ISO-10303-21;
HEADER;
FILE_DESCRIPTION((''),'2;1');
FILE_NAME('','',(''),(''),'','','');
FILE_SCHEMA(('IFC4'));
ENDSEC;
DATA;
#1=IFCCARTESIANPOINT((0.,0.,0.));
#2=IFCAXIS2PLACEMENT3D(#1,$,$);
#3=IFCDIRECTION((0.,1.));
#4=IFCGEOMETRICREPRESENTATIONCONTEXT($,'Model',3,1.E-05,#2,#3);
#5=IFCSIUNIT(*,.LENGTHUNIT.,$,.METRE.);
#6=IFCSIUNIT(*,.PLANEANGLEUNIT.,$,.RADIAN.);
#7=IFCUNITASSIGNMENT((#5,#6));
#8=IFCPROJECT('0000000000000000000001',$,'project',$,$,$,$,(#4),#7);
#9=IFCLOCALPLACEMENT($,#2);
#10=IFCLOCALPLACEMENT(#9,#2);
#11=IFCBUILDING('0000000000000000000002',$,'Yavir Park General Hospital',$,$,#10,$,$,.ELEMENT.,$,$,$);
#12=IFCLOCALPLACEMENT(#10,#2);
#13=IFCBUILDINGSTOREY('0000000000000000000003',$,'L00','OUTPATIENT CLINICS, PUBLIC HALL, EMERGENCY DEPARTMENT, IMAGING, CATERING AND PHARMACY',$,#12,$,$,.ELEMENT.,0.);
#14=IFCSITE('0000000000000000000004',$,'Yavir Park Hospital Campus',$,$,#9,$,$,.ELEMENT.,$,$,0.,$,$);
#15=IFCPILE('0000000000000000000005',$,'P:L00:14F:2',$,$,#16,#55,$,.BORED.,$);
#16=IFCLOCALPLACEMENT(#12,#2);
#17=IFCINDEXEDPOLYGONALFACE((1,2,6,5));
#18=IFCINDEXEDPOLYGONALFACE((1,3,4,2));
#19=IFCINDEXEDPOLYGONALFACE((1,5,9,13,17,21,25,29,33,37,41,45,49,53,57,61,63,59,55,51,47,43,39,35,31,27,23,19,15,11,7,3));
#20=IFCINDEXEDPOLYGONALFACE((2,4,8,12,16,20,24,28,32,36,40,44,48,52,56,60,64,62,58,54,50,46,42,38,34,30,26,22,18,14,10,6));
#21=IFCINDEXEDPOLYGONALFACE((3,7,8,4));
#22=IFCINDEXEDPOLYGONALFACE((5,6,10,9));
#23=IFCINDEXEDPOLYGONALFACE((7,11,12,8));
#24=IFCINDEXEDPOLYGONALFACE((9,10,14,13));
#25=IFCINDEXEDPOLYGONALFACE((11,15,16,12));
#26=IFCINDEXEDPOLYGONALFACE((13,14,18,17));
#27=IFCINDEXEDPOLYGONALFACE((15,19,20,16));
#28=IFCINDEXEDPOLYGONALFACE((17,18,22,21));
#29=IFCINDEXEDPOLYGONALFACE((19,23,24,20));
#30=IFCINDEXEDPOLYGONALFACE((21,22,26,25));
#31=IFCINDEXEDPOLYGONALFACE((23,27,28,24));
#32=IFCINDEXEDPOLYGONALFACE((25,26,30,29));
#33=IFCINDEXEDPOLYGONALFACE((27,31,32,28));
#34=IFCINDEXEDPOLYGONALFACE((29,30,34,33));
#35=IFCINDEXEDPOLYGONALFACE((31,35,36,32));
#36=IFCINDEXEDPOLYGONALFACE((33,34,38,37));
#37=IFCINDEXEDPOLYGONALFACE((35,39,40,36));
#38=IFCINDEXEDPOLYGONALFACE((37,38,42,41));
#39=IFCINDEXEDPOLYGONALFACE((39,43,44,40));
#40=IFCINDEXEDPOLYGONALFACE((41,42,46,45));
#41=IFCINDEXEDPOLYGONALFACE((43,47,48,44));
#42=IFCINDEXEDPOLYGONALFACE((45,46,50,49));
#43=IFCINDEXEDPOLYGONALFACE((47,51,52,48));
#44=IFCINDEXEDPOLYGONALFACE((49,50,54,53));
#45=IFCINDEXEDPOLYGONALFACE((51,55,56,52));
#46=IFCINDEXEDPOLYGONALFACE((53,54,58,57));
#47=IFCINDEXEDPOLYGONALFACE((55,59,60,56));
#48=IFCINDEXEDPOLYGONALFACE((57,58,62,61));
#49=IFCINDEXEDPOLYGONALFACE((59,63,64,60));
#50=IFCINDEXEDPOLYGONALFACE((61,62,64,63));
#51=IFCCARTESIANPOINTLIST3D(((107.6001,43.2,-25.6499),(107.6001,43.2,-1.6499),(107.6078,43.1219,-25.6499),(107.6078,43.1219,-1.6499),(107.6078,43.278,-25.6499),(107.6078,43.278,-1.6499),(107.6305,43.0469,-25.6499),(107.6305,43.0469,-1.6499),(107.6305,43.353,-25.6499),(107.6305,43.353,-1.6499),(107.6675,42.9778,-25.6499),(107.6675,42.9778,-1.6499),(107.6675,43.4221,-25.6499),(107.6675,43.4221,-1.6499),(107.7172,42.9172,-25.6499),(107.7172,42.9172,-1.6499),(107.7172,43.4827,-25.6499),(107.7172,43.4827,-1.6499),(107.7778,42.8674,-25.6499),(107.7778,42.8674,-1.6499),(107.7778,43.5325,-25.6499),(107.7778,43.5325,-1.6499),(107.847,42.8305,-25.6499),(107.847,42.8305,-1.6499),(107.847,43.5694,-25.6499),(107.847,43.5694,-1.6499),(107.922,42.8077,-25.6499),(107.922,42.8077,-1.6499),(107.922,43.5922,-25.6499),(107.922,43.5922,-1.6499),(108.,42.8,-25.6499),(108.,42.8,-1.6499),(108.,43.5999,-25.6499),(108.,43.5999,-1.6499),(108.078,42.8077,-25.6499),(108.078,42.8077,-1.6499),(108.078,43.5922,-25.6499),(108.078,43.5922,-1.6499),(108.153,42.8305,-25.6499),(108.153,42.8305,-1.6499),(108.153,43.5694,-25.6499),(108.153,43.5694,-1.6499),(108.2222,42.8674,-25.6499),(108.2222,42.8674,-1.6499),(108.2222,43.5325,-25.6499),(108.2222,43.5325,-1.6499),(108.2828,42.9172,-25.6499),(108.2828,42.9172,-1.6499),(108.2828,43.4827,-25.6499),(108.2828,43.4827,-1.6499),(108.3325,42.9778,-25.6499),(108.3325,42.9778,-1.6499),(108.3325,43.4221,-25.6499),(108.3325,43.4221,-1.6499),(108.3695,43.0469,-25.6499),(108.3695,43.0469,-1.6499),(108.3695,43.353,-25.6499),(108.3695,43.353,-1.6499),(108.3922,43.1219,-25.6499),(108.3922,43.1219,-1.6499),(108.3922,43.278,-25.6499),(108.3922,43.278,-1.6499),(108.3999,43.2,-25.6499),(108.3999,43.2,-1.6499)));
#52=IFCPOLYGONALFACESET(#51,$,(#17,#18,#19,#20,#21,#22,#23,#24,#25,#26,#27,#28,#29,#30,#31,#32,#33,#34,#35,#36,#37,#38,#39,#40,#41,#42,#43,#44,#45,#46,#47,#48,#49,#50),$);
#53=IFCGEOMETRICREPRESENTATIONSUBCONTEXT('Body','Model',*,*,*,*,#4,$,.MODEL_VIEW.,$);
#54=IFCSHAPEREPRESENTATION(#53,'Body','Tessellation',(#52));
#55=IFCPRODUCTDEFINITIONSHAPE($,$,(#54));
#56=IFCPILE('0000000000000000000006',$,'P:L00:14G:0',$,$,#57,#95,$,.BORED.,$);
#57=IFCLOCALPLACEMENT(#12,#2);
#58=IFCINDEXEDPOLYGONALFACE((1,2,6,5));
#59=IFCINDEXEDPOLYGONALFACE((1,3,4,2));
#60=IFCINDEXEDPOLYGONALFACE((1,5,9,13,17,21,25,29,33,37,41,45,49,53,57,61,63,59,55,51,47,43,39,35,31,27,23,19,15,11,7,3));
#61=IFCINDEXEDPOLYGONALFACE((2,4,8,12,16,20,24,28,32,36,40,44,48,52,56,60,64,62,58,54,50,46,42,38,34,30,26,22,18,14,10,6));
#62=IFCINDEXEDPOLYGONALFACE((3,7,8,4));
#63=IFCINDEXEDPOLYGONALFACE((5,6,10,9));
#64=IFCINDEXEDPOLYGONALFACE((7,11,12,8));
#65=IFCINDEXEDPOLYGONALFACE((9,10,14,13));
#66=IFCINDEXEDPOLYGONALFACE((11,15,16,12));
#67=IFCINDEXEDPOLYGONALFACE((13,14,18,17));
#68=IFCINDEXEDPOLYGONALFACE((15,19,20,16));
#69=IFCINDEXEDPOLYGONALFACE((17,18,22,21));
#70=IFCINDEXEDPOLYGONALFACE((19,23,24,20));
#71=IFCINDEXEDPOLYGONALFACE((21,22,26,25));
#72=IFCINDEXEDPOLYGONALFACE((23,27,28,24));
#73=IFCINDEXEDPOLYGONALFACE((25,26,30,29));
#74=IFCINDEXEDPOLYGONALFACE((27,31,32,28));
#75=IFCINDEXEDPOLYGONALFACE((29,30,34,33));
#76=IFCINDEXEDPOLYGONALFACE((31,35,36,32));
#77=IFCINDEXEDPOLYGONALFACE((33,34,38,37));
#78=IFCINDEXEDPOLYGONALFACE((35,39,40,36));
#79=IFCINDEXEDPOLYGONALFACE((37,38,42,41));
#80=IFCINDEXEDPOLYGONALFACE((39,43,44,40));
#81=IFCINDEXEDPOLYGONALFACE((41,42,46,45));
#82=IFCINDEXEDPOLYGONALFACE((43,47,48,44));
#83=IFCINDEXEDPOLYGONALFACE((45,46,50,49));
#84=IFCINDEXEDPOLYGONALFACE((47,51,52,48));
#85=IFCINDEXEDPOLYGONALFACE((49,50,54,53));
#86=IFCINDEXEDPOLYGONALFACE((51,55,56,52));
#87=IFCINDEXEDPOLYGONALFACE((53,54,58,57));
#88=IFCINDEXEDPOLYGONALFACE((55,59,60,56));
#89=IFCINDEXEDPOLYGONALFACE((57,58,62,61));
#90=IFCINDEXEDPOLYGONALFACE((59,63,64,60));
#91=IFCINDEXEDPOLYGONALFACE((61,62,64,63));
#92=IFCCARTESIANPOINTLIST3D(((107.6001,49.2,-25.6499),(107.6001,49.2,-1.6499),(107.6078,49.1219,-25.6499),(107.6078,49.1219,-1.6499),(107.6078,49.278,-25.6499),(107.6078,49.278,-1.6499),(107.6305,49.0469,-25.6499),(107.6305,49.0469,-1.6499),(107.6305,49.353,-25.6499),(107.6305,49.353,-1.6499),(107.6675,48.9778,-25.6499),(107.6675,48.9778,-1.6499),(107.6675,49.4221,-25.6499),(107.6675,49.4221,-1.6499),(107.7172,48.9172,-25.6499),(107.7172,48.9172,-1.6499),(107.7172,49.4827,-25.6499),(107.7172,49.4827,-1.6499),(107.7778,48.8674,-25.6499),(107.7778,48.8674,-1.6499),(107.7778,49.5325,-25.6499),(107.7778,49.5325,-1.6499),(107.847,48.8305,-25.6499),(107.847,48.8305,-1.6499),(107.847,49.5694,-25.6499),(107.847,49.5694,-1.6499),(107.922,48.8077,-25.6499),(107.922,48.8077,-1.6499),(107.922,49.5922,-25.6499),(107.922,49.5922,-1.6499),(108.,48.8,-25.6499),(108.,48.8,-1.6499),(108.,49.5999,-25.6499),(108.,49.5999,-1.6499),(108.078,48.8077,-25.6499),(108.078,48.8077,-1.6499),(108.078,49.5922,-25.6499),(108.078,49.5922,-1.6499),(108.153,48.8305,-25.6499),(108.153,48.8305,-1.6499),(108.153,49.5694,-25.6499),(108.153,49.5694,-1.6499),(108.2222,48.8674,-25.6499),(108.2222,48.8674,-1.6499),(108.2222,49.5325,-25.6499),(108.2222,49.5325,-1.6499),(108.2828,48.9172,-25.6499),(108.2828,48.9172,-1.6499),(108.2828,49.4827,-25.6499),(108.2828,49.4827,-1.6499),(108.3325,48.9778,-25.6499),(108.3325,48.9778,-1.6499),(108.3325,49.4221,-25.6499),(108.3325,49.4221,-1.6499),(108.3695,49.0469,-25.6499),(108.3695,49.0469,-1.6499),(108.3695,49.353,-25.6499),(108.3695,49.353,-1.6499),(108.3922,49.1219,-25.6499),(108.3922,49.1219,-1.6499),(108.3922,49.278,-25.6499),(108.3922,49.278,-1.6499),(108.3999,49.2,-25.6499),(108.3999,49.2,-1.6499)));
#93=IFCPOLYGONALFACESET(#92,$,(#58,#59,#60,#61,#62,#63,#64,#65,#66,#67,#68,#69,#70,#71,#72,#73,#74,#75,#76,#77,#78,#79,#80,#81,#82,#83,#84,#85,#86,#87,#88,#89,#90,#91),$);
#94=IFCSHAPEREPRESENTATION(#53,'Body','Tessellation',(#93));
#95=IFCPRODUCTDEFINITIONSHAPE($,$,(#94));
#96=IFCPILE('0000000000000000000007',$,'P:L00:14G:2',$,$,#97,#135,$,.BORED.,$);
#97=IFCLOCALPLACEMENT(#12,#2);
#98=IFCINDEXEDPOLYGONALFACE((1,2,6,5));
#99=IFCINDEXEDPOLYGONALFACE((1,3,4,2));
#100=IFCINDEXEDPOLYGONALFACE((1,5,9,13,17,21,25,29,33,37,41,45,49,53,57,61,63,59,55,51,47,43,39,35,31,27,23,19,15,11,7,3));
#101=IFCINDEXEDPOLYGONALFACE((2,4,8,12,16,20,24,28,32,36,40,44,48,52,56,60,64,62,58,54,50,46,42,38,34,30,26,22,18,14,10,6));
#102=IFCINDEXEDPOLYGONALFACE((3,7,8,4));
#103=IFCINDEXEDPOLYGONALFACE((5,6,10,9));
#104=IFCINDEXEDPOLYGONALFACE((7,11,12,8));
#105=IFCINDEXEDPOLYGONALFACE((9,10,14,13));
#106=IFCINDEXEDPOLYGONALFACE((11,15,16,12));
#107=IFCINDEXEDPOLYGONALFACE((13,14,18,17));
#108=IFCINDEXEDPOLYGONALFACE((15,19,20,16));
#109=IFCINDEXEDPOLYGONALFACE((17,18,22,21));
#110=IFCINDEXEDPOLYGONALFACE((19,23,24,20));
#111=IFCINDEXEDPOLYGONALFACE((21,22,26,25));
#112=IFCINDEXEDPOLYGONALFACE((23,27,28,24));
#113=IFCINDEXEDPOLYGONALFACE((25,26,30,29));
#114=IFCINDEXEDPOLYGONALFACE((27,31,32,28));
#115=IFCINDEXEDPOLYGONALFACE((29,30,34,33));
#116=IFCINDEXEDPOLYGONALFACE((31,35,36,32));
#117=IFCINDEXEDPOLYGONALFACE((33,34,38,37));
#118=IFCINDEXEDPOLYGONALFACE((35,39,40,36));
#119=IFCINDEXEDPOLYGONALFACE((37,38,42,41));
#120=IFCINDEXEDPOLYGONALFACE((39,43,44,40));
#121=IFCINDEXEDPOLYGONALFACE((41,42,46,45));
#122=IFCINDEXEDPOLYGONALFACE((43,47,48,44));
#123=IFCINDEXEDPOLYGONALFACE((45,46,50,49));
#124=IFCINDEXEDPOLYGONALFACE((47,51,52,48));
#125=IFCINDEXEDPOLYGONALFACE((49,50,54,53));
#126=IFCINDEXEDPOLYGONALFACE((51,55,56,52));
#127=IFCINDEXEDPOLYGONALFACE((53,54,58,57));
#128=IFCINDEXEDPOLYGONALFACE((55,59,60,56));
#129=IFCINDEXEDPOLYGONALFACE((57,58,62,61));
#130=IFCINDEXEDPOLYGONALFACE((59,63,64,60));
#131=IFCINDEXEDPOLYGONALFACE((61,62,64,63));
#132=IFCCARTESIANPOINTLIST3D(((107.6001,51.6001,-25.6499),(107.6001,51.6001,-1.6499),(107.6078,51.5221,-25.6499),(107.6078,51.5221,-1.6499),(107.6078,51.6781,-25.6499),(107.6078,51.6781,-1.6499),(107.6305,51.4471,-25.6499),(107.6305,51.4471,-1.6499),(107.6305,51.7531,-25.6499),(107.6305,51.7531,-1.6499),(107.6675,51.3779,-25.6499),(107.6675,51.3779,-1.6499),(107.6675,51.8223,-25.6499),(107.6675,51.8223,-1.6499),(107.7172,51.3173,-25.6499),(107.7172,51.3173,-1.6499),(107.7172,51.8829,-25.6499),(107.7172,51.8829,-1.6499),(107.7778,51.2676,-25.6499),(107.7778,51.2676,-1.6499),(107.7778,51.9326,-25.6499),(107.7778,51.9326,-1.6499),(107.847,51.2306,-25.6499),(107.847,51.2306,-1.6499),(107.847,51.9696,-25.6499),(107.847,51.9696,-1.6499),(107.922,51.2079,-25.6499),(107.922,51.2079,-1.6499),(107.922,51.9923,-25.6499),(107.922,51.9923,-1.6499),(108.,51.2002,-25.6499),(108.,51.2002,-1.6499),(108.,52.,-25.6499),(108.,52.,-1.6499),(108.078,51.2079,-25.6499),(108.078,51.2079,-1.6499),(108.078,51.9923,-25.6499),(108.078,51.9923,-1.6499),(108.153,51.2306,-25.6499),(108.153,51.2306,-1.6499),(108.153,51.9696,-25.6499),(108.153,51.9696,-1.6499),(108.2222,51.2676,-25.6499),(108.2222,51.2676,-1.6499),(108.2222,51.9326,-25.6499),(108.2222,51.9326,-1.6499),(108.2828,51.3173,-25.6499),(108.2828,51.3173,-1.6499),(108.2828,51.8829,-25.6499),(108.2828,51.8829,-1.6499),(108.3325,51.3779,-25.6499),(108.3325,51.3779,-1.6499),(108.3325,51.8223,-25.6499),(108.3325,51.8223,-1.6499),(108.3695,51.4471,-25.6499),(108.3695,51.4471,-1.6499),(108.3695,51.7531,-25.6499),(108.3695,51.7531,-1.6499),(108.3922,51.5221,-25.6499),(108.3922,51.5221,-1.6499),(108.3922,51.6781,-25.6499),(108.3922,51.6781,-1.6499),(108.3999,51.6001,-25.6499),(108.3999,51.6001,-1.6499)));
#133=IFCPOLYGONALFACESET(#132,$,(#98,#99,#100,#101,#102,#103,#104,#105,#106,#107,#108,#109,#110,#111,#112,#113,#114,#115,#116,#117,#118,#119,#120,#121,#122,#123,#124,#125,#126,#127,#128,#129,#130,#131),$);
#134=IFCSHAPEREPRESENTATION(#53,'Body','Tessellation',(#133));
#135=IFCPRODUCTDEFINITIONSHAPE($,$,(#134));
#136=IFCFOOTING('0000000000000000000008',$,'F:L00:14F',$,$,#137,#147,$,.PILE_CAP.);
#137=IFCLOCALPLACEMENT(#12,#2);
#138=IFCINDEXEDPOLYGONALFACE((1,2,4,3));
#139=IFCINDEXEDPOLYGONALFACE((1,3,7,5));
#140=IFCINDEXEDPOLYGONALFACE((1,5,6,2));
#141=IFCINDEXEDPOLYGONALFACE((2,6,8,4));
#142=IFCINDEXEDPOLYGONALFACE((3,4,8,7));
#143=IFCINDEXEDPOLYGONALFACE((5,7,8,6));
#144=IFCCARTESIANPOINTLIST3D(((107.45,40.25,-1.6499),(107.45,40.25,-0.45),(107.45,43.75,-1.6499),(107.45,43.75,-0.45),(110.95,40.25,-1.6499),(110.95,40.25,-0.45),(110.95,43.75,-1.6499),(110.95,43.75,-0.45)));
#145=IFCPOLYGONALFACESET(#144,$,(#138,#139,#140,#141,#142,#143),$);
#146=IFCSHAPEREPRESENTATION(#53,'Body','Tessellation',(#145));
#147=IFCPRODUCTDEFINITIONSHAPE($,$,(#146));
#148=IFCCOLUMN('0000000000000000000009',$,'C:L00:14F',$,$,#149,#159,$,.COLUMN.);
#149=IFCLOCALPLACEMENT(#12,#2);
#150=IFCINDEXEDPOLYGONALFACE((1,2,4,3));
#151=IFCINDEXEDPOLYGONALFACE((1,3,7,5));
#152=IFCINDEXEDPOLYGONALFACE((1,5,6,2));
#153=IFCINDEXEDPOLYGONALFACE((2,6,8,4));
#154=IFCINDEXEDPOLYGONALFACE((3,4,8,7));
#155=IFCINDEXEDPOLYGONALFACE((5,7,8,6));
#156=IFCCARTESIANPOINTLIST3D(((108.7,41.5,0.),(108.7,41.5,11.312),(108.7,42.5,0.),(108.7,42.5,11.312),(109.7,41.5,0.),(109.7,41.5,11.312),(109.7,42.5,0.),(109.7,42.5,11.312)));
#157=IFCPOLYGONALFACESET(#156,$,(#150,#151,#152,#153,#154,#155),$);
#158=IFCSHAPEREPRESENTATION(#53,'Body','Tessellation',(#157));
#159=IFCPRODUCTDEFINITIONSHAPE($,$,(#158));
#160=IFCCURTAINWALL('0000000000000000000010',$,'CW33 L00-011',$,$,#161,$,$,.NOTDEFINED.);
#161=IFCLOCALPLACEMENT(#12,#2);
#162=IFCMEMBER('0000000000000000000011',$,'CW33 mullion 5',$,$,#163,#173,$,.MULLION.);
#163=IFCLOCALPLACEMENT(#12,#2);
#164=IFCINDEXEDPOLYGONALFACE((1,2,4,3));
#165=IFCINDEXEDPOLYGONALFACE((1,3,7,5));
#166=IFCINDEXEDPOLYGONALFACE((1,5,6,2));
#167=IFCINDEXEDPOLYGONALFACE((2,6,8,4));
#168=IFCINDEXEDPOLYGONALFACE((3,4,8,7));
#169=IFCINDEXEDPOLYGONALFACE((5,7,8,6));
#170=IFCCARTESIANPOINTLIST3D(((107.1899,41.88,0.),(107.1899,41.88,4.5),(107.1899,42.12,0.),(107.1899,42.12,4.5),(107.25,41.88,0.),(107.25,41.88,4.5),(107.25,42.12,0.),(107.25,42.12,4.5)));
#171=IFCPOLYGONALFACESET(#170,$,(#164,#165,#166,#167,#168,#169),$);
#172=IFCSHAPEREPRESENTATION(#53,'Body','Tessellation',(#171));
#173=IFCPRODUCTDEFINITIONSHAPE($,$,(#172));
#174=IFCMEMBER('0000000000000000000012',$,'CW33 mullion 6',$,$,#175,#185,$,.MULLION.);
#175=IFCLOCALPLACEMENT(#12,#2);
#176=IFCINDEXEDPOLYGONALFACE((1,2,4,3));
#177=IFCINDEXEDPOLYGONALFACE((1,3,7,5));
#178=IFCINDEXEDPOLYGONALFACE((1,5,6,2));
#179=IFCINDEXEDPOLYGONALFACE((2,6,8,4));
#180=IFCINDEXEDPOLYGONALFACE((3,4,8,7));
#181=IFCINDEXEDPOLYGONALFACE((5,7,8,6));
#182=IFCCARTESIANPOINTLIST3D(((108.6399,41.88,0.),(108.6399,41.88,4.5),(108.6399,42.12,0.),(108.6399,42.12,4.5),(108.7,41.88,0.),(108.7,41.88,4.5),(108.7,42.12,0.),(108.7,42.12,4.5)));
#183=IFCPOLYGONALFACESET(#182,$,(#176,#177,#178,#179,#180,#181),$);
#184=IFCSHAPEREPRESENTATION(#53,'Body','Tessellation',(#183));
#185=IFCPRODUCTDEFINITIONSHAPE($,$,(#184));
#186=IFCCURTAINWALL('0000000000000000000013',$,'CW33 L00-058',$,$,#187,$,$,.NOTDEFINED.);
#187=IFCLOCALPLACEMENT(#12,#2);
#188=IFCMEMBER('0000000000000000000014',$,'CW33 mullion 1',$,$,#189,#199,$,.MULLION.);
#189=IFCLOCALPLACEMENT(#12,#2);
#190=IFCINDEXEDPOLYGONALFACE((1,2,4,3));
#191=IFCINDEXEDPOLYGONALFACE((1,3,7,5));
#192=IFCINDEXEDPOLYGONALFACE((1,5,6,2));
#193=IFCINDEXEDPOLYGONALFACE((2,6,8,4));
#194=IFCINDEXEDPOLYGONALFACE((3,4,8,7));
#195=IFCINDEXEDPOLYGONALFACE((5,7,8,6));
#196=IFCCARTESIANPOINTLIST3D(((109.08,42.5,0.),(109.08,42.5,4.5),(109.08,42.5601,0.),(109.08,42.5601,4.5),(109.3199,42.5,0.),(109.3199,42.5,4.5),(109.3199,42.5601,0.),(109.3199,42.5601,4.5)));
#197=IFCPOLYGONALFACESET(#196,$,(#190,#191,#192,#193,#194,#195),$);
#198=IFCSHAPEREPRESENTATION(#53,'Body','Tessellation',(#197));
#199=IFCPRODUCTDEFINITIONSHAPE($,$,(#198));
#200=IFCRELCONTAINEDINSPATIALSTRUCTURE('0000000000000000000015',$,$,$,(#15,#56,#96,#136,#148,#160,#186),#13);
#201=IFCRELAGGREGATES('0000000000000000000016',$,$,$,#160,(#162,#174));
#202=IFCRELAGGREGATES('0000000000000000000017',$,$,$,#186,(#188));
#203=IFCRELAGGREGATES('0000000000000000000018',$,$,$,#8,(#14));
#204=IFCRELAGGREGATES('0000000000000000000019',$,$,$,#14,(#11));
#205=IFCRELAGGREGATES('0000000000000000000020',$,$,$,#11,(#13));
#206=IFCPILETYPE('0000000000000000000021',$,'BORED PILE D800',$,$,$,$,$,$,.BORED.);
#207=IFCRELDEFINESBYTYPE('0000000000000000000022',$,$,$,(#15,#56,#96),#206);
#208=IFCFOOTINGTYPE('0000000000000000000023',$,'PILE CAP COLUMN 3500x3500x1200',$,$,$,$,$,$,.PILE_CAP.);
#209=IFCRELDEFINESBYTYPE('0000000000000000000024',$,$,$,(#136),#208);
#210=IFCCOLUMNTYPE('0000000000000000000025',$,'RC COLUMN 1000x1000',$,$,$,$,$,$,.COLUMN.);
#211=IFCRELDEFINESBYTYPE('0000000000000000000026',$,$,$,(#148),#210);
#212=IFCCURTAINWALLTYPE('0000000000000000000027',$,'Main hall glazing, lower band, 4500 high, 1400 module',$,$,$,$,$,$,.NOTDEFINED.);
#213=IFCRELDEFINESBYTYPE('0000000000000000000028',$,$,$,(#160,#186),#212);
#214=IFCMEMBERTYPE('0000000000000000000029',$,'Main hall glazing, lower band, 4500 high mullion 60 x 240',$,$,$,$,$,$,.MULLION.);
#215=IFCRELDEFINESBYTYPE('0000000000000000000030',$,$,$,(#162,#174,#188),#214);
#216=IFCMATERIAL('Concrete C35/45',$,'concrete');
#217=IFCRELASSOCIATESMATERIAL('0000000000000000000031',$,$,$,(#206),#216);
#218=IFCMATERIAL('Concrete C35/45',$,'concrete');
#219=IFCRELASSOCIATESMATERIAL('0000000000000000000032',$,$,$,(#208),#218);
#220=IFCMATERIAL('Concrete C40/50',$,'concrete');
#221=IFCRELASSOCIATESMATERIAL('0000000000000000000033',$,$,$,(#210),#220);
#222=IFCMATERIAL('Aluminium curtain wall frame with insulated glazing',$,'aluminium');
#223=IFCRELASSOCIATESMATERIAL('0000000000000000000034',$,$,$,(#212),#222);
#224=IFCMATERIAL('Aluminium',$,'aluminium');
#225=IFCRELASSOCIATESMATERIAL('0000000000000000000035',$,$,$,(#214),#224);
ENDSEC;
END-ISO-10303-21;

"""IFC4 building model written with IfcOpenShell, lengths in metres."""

from ifc_helpers import new_model, si_unit, direction, frame, origin, origin_2d, place, context, subcontext, project, spatial, rectangle, circle, extrude, material, material_profile, profile_set, type_object, element, aggregate, save


model = new_model("IFC4")

# Units and contexts
model_context = context("Model", 3, precision=1e-05, world=origin(), true_north=direction((0.0, 1.0)))
body_context = subcontext(model_context, "Body", "Model", "MODEL_VIEW")
ifc_project = project(units=[si_unit("LENGTHUNIT", "METRE"), si_unit("PLANEANGLEUNIT", "RADIAN")], contexts=[model_context])

# Site, building, storey
site_placement = place(None, origin())
site = spatial("IfcSite", under=ifc_project, at=site_placement, Name="Yavir Park Hospital Campus", CompositionType="ELEMENT", RefElevation=0.0)
building_placement = place(site_placement, origin())
building = spatial("IfcBuilding", under=site, at=building_placement, Name="Yavir Park General Hospital", CompositionType="ELEMENT")
storey_placement = place(building_placement, origin())
storey = spatial("IfcBuildingStorey", under=building, at=storey_placement, Name="L00", Description="OUTPATIENT CLINICS, PUBLIC HALL, EMERGENCY DEPARTMENT, IMAGING, CATERING AND PHARMACY", CompositionType="ELEMENT", Elevation=0.0)

# Piles
ifc_material_1 = material(Name="Concrete C35/45", Category="concrete")
ifc_material_profile_1 = material_profile(ifc_material_1, circle(Radius=0.3999, at=origin_2d()), Name="D800")
ifc_profile_set_1 = profile_set([ifc_material_profile_1], Name="Concrete C35/45")
pile_type = type_object("IfcPileType", Name="BORED PILE D800", PredefinedType="BORED", material=ifc_profile_set_1)
for number, where, z_axis, x_axis, name in (
    (1, (108.0, 43.2, -1.6499), (0.0, 0.0, -1.0), (1.0, 0.0, 0.0), "P:L00:14F:2"),
    (2, (108.0, 49.2, -1.6499), (0.0, 0.0, -1.0), (1.0, 0.0, 0.0), "P:L00:14G:0"),
    (3, (108.0, 51.6001, -1.6499), (0.0, 0.0, -1.0), (1.0, 0.0, 0.0), "P:L00:14G:2"),
):
    element("IfcPile", number, at=place(storey_placement, frame(where, z_axis=z_axis, x_axis=x_axis)), inside=storey, type_object=pile_type, Name=name, PredefinedType="BORED", context=body_context, shape_type="SweptSolid", body=[
        extrude(circle(Radius=0.3999, at=origin_2d()), origin(), (0.0, 0.0, 1.0), 24.0),
    ])

# Footing
ifc_material_2 = material(Name="Concrete C35/45", Category="concrete")
footing_type = type_object("IfcFootingType", Name="PILE CAP COLUMN 3500x3500x1200", PredefinedType="PILE_CAP", material=ifc_material_2)
footing_placement = place(storey_placement, frame((109.2, 42.0, -1.6499), z_axis=(0.0, 0.0, 1.0), x_axis=(1.0, 0.0, 0.0)))
element("IfcFooting", 4, at=footing_placement, inside=storey, type_object=footing_type, Name="F:L00:14F", PredefinedType="PILE_CAP", context=body_context, shape_type="SweptSolid", body=[
    extrude(rectangle(XDim=3.5, YDim=3.5, at=origin_2d()), origin(), (0.0, 0.0, 1.0), 1.2),
])

# Column
ifc_material_3 = material(Name="Concrete C40/50", Category="concrete")
ifc_material_profile_2 = material_profile(ifc_material_3, rectangle(XDim=1.0, YDim=1.0, at=origin_2d()), Name="RC1000x1000")
ifc_profile_set_2 = profile_set([ifc_material_profile_2], Name="Concrete C40/50")
column_type = type_object("IfcColumnType", Name="RC COLUMN 1000x1000", PredefinedType="COLUMN", material=ifc_profile_set_2)
column_placement = place(storey_placement, frame((109.2, 42.0, 0.0), z_axis=(0.0, 0.0, 1.0), x_axis=(1.0, 0.0, 0.0)))
element("IfcColumn", 5, at=column_placement, inside=storey, type_object=column_type, Name="C:L00:14F", PredefinedType="COLUMN", context=body_context, shape_type="SweptSolid", body=[
    extrude(rectangle(XDim=1.0, YDim=1.0, at=origin_2d()), origin(), (0.0, 0.0, 1.0), 11.312),
])

# Curtain walls, members
ifc_material_4 = material(Name="Aluminium curtain wall frame with insulated glazing", Category="aluminium")
curtain_wall_type_1 = type_object("IfcCurtainWallType", Name="Main hall glazing, lower band, 4500 high, 1400 module", PredefinedType="NOTDEFINED", material=ifc_material_4)
curtain_wall_1_placement = place(storey_placement, origin())
curtain_wall_1 = element("IfcCurtainWall", 6, at=curtain_wall_1_placement, inside=storey, type_object=curtain_wall_type_1, Name="CW33 L00-011", PredefinedType="NOTDEFINED")
ifc_material_5 = material(Name="Aluminium", Category="aluminium")
ifc_material_profile_3 = material_profile(ifc_material_5, rectangle(XDim=0.24, YDim=0.0601, at=origin_2d()), Name="AL 60x240")
ifc_profile_set_3 = profile_set([ifc_material_profile_3], Name="Aluminium")
member_type_1 = type_object("IfcMemberType", Name="Main hall glazing, lower band, 4500 high mullion 60 x 240", PredefinedType="MULLION", material=ifc_profile_set_3)
member_1_placement = place(storey_placement, frame((107.22, 42.0, 0.0), z_axis=(0.0, 0.0, 1.0), x_axis=(0.0, 1.0, 0.0)))
member_1 = element("IfcMember", 7, at=member_1_placement, type_object=member_type_1, Name="CW33 mullion 5", PredefinedType="MULLION", context=body_context, shape_type="SweptSolid", body=[
    extrude(rectangle(XDim=0.24, YDim=0.0601, at=origin_2d()), origin(), (0.0, 0.0, 1.0), 4.5),
])
member_2_placement = place(storey_placement, frame((108.6699, 42.0, 0.0), z_axis=(0.0, 0.0, 1.0), x_axis=(0.0, 1.0, 0.0)))
member_2 = element("IfcMember", 8, at=member_2_placement, type_object=member_type_1, Name="CW33 mullion 6", PredefinedType="MULLION", context=body_context, shape_type="SweptSolid", body=[
    extrude(rectangle(XDim=0.24, YDim=0.0601, at=origin_2d()), origin(), (0.0, 0.0, 1.0), 4.5),
])
curtain_wall_2_placement = place(storey_placement, origin())
curtain_wall_2 = element("IfcCurtainWall", 9, at=curtain_wall_2_placement, inside=storey, type_object=curtain_wall_type_1, Name="CW33 L00-058", PredefinedType="NOTDEFINED")
member_3_placement = place(storey_placement, frame((109.2, 42.53, 0.0), z_axis=(0.0, 0.0, 1.0), x_axis=(-1.0, 0.0, 0.0)))
member_3 = element("IfcMember", 10, at=member_3_placement, type_object=member_type_1, Name="CW33 mullion 1", PredefinedType="MULLION", context=body_context, shape_type="SweptSolid", body=[
    extrude(rectangle(XDim=0.24, YDim=0.0601, at=origin_2d()), origin(), (0.0, 0.0, 1.0), 4.5),
])

aggregate(curtain_wall_1, [member_1, member_2])
aggregate(curtain_wall_2, [member_3])

save(model, "model.ifc")
